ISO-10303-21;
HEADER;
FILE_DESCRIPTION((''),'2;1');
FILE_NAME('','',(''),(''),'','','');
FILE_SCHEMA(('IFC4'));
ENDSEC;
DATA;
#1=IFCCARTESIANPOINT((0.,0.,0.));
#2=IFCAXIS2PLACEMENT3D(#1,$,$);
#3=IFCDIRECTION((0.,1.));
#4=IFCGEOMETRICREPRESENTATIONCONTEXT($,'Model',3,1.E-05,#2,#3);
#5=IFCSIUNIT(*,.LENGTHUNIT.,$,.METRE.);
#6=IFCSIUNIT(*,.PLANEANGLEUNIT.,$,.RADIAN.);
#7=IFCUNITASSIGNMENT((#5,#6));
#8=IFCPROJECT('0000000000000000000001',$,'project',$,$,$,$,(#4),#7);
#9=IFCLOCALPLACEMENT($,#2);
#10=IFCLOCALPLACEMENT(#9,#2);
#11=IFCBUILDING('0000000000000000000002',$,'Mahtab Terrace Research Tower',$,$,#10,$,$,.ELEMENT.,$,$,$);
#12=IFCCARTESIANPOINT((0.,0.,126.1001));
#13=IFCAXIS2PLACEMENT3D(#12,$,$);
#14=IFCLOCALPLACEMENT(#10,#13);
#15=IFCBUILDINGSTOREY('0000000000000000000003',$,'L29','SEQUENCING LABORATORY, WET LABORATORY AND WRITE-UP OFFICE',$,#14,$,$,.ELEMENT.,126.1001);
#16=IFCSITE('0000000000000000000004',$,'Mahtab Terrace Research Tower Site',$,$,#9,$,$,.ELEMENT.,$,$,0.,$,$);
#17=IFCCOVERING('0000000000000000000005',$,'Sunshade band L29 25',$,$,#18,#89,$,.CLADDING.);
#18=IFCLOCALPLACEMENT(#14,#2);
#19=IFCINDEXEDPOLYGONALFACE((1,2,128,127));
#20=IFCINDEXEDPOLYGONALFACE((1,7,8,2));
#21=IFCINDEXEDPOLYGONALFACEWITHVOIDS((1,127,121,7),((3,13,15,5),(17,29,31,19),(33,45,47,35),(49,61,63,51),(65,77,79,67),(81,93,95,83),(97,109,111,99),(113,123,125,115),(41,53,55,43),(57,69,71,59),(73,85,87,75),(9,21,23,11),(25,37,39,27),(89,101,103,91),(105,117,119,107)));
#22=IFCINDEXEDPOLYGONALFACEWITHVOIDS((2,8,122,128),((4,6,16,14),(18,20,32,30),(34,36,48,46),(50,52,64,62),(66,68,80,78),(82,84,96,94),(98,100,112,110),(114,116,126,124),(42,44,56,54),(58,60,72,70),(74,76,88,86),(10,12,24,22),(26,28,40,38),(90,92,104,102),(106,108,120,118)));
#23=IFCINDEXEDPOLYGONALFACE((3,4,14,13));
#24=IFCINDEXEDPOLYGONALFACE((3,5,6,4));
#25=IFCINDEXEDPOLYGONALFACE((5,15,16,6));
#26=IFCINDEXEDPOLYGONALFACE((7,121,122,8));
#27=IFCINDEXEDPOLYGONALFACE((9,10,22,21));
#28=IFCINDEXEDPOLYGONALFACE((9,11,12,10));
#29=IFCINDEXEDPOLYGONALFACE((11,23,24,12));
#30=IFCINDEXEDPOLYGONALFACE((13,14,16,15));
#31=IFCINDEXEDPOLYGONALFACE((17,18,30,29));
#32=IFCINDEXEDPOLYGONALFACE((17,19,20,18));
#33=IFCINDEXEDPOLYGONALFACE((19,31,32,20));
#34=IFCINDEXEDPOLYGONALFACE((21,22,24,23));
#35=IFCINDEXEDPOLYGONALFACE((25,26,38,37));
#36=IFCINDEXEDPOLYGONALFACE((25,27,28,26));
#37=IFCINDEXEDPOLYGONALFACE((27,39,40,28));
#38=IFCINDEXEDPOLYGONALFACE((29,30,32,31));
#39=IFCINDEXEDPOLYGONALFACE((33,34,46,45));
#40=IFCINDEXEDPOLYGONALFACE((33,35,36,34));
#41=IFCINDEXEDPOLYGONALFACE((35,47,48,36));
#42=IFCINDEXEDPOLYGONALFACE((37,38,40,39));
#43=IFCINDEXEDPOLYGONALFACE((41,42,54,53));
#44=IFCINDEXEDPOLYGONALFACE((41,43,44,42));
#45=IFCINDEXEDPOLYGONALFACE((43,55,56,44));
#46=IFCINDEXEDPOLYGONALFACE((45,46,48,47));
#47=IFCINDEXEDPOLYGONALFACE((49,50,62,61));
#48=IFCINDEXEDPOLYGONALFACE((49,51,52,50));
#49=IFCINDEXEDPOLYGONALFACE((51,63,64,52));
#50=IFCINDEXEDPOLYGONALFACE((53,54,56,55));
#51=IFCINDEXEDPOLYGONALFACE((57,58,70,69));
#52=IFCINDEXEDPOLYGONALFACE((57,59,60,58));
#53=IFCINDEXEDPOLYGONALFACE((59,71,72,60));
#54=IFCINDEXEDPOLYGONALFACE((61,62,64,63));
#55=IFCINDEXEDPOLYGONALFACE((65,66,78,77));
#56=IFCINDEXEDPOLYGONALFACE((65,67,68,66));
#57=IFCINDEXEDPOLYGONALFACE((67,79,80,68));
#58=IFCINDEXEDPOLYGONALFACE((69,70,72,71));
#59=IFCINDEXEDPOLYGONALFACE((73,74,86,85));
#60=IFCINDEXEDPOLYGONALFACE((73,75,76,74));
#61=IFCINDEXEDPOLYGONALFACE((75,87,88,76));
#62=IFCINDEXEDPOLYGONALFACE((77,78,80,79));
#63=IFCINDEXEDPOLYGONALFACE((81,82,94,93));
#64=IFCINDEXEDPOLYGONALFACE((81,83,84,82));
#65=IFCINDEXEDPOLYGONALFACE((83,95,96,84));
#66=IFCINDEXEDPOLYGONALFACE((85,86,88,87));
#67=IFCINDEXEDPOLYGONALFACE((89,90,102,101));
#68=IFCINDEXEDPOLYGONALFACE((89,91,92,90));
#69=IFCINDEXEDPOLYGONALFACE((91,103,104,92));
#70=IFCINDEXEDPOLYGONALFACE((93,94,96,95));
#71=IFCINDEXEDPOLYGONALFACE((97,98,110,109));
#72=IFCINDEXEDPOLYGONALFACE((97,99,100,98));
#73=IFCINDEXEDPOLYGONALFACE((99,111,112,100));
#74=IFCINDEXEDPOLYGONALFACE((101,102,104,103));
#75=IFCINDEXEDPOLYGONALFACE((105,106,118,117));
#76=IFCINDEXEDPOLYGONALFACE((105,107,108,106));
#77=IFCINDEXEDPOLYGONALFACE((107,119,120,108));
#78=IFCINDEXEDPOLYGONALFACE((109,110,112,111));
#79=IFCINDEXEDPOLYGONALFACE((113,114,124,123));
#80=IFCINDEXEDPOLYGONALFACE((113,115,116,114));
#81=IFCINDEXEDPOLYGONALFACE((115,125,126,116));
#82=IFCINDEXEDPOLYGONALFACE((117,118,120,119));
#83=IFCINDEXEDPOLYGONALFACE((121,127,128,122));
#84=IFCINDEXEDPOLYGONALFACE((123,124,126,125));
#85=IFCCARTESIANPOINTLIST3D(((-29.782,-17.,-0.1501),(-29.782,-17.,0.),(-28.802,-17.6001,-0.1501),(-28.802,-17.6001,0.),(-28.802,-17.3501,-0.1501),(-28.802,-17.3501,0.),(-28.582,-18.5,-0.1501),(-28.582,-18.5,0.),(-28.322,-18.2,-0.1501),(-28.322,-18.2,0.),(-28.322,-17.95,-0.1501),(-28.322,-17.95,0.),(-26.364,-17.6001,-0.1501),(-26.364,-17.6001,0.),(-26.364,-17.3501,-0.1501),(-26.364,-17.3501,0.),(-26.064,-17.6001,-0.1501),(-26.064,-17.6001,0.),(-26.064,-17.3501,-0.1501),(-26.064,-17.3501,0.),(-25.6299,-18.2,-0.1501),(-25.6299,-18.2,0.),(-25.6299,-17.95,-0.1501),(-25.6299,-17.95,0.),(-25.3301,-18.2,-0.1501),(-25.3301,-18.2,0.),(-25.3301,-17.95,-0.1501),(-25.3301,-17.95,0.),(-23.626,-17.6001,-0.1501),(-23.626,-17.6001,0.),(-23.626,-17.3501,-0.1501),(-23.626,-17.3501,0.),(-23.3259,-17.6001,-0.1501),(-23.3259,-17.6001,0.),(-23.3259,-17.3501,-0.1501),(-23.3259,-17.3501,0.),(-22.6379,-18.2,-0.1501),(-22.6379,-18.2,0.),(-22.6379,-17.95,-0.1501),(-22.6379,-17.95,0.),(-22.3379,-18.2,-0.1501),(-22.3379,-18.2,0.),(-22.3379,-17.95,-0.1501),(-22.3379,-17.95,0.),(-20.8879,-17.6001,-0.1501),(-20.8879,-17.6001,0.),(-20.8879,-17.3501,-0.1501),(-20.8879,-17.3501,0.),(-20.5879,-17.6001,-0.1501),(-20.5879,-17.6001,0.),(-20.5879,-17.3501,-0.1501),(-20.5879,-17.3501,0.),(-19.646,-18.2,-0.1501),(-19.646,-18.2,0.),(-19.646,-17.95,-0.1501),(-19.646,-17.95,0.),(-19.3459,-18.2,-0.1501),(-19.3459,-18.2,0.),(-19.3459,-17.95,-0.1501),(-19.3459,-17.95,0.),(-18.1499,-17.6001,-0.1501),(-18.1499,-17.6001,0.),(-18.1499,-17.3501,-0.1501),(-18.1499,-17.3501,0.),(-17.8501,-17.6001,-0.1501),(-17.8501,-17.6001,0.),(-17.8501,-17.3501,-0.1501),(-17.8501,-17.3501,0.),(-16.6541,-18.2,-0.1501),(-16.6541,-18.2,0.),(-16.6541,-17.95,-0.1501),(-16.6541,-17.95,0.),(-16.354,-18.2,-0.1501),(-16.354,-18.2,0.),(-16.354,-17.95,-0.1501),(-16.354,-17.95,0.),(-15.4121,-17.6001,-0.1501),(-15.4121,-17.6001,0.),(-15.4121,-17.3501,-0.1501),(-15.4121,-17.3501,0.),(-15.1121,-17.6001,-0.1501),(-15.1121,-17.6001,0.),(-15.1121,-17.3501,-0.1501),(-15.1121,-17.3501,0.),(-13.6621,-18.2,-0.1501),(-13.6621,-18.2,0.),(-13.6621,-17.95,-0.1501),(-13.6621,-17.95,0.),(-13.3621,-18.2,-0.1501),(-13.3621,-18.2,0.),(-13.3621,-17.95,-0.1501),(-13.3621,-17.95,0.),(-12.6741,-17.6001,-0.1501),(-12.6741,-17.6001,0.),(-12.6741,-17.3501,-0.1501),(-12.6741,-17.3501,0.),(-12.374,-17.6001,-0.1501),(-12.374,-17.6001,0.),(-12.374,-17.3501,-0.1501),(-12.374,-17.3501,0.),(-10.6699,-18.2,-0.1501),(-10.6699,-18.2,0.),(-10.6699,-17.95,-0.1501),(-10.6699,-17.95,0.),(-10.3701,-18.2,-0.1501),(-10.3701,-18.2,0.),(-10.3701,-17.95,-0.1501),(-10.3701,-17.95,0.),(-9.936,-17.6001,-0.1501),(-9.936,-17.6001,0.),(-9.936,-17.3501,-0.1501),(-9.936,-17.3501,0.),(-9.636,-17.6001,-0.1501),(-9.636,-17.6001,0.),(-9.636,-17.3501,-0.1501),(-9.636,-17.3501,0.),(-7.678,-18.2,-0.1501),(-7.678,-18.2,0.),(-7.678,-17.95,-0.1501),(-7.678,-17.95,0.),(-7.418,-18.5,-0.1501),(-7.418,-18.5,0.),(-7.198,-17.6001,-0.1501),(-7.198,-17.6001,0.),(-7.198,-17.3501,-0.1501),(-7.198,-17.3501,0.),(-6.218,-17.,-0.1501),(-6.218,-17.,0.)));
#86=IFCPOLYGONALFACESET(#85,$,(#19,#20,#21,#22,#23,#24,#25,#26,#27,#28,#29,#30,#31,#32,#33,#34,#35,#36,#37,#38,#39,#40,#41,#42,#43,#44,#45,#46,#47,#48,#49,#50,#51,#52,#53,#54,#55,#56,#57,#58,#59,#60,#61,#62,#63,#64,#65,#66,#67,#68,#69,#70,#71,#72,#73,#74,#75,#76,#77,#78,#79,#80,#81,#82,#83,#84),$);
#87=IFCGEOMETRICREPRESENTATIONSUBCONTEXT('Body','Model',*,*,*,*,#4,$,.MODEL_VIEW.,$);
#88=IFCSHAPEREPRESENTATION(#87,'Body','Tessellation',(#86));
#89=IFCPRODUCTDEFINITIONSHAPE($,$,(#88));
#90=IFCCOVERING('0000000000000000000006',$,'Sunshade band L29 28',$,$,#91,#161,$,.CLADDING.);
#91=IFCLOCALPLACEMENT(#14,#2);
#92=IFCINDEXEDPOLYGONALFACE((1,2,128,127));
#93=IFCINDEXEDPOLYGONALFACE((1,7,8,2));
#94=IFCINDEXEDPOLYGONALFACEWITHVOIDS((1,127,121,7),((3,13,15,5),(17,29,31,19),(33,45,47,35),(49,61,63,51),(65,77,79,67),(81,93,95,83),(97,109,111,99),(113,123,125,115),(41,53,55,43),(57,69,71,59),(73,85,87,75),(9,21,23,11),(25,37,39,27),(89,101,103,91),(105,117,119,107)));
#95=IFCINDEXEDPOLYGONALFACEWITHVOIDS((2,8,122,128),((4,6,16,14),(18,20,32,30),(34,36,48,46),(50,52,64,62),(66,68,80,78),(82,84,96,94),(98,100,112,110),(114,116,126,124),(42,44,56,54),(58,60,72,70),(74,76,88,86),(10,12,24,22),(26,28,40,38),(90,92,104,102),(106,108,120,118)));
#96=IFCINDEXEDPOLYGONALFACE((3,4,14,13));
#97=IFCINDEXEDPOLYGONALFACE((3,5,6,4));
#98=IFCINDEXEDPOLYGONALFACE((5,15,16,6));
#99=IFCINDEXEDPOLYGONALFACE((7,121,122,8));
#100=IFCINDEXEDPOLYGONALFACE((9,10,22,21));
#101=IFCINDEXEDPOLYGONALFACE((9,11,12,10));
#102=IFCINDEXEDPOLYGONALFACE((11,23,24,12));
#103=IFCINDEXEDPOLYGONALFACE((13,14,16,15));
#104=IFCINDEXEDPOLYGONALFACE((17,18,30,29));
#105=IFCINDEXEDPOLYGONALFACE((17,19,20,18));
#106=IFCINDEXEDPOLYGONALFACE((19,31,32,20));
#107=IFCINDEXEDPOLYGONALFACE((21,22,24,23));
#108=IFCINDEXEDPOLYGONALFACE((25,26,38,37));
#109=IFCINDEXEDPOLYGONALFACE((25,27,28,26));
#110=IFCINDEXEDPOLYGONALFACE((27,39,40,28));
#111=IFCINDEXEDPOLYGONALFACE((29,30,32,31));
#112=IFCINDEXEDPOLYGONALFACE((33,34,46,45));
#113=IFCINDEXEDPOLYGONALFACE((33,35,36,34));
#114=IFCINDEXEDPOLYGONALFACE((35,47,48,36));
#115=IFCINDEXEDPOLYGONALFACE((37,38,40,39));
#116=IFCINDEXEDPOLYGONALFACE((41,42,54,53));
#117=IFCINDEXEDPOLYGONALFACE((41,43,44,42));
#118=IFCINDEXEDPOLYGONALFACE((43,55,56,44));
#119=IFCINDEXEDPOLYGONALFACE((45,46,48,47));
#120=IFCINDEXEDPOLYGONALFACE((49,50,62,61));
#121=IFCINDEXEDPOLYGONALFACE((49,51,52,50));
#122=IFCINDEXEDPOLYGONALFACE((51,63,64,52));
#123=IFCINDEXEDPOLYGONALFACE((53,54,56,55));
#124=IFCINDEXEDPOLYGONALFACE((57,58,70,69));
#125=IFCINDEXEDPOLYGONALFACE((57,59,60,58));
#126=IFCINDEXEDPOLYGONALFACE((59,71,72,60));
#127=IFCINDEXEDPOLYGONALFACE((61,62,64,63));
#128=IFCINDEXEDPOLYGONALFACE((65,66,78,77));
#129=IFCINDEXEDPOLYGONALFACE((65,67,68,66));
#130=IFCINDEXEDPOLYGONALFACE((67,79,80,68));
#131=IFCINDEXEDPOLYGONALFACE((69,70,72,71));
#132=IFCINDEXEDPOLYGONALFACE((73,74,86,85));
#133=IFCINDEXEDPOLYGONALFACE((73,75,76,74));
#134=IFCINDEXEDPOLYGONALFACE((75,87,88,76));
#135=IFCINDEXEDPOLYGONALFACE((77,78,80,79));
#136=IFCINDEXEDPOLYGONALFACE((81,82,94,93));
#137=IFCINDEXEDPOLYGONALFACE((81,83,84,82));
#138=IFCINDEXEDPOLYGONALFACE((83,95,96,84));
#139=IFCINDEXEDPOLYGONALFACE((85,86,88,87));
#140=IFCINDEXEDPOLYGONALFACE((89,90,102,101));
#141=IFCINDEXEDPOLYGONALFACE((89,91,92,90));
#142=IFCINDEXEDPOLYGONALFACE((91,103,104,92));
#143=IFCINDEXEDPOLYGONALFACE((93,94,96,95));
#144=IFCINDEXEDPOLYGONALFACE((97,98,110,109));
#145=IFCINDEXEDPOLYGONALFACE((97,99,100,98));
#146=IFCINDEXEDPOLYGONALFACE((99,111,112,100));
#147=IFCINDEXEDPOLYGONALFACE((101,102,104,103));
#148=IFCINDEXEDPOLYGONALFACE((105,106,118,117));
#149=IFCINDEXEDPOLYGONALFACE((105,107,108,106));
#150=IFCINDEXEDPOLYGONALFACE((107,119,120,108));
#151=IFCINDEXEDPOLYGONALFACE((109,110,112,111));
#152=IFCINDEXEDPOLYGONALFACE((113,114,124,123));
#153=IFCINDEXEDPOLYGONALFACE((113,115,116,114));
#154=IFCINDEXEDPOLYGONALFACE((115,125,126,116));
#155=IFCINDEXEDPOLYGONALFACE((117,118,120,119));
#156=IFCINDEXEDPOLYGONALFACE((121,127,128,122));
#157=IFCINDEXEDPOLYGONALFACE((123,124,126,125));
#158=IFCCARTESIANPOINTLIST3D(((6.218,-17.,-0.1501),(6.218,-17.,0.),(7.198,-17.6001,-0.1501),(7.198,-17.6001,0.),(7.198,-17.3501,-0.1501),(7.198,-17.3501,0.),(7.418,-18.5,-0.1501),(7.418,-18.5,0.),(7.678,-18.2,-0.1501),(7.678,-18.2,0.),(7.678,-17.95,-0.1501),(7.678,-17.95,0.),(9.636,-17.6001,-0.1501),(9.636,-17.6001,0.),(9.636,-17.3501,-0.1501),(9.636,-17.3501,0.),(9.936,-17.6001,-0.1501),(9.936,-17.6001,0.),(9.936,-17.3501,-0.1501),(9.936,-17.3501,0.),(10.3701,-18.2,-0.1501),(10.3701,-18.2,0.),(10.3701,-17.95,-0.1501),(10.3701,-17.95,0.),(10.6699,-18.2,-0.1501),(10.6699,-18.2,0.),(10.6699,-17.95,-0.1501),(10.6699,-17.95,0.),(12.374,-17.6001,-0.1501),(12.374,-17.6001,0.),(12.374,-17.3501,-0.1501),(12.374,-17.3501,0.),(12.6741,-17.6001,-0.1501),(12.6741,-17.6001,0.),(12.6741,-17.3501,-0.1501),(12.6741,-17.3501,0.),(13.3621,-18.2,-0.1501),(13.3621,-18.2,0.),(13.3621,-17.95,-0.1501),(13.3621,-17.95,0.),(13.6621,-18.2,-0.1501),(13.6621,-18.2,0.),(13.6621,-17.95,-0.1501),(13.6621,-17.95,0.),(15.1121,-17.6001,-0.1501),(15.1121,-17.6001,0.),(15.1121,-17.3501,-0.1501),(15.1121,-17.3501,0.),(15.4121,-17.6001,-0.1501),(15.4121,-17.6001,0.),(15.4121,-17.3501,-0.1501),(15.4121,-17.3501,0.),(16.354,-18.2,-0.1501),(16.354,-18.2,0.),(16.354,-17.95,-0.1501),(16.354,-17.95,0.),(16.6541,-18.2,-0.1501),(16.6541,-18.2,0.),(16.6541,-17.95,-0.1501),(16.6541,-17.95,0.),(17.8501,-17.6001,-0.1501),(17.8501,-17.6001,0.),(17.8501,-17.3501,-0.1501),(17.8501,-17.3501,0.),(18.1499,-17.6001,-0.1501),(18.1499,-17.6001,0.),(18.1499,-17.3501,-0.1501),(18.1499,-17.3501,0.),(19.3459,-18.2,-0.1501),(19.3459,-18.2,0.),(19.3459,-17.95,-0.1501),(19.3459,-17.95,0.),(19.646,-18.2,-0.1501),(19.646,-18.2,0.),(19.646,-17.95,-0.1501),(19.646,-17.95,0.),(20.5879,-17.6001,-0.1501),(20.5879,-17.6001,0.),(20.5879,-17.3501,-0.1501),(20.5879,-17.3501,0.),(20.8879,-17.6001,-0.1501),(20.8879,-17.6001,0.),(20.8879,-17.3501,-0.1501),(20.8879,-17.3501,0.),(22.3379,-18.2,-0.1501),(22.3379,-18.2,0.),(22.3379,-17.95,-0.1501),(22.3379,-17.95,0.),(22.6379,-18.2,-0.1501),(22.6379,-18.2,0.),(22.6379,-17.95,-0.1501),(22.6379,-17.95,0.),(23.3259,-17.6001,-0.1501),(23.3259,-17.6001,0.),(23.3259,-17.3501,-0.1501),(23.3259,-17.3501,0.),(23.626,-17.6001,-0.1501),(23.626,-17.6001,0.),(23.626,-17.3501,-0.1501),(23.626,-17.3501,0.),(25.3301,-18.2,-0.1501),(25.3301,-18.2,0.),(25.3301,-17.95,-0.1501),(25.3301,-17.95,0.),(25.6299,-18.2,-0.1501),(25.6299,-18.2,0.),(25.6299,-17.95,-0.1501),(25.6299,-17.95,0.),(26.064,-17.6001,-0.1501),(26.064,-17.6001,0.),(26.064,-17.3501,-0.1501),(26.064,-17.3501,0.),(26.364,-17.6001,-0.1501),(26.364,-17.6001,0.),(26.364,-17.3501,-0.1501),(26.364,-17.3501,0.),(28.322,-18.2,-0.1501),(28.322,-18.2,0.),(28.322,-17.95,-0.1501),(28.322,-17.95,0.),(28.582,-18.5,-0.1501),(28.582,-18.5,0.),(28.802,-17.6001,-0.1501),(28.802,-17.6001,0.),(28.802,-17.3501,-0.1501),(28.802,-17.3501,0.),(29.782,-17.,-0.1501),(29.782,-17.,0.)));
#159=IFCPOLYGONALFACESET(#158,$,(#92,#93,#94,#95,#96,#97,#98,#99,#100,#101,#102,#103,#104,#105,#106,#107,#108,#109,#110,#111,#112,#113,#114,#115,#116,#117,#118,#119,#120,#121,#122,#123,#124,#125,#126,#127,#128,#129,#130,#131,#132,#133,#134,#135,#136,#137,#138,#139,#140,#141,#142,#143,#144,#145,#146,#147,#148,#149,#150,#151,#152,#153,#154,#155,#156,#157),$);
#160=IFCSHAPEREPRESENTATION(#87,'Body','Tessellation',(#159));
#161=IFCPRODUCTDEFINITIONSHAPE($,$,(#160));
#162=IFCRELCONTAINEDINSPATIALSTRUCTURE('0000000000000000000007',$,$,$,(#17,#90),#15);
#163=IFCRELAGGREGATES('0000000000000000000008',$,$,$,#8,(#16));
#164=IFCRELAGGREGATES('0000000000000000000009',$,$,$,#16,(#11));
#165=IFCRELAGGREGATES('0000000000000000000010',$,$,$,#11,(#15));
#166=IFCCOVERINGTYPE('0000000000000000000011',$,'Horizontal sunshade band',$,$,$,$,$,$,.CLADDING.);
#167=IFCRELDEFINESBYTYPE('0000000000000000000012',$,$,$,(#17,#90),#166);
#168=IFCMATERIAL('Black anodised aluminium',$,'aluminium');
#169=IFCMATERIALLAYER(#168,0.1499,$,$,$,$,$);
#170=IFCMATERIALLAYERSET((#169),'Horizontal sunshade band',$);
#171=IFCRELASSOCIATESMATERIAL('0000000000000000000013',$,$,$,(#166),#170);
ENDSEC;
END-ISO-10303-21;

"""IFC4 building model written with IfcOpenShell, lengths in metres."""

from ifc_helpers import new_model, si_unit, direction, frame, origin, place, context, subcontext, project, spatial, polyline, outline, extrude, material, layer, layer_set, type_object, element, save


model = new_model("IFC4")

# Units and contexts
model_context = context("Model", 3, precision=1e-05, world=origin(), true_north=direction((0.0, 1.0)))
body_context = subcontext(model_context, "Body", "Model", "MODEL_VIEW")
ifc_project = project(units=[si_unit("LENGTHUNIT", "METRE"), si_unit("PLANEANGLEUNIT", "RADIAN")], contexts=[model_context])

# Site, building, storey
site_placement = place(None, origin())
site = spatial("IfcSite", under=ifc_project, at=site_placement, Name="Mahtab Terrace Research Tower Site", CompositionType="ELEMENT", RefElevation=0.0)
building_placement = place(site_placement, origin())
building = spatial("IfcBuilding", under=site, at=building_placement, Name="Mahtab Terrace Research Tower", CompositionType="ELEMENT")
storey_placement = place(building_placement, frame((0.0, 0.0, 126.1001)))
storey = spatial("IfcBuildingStorey", under=building, at=storey_placement, Name="L29", Description="SEQUENCING LABORATORY, WET LABORATORY AND WRITE-UP OFFICE", CompositionType="ELEMENT", Elevation=126.1001)

# Coverings
ifc_material_1 = material(Name="Black anodised aluminium", Category="aluminium")
ifc_layer_1 = layer(ifc_material_1, 0.1499)
ifc_layer_set_1 = layer_set([ifc_layer_1], Name="Horizontal sunshade band")
covering_type = type_object("IfcCoveringType", Name="Horizontal sunshade band", PredefinedType="CLADDING", material=ifc_layer_set_1)
covering_1_placement = place(storey_placement, frame((0.0, 0.0, -0.1501)))
element("IfcCovering", 1, at=covering_1_placement, inside=storey, type_object=covering_type, Name="Sunshade band L29 25", PredefinedType="CLADDING", context=body_context, shape_type="SweptSolid", body=[
    extrude(outline(polyline([(-29.782, -17.0), (-6.218, -17.0), (-7.418, -18.5), (-28.582, -18.5), (-29.782, -17.0)]), holes=[polyline([(-28.802, -17.3501), (-26.364, -17.3501), (-26.364, -17.6001), (-28.802, -17.6001), (-28.802, -17.3501)]), polyline([(-26.064, -17.3501), (-23.626, -17.3501), (-23.626, -17.6001), (-26.064, -17.6001), (-26.064, -17.3501)]), polyline([(-23.3259, -17.3501), (-20.8879, -17.3501), (-20.8879, -17.6001), (-23.3259, -17.6001), (-23.3259, -17.3501)]), polyline([(-20.5879, -17.3501), (-18.1499, -17.3501), (-18.1499, -17.6001), (-20.5879, -17.6001), (-20.5879, -17.3501)]), polyline([(-17.8501, -17.3501), (-15.4121, -17.3501), (-15.4121, -17.6001), (-17.8501, -17.6001), (-17.8501, -17.3501)]), polyline([(-15.1121, -17.3501), (-12.6741, -17.3501), (-12.6741, -17.6001), (-15.1121, -17.6001), (-15.1121, -17.3501)]), polyline([(-12.374, -17.3501), (-9.936, -17.3501), (-9.936, -17.6001), (-12.374, -17.6001), (-12.374, -17.3501)]), polyline([(-9.636, -17.3501), (-7.198, -17.3501), (-7.198, -17.6001), (-9.636, -17.6001), (-9.636, -17.3501)]), polyline([(-28.322, -17.95), (-25.6299, -17.95), (-25.6299, -18.2), (-28.322, -18.2), (-28.322, -17.95)]), polyline([(-25.3301, -17.95), (-22.6379, -17.95), (-22.6379, -18.2), (-25.3301, -18.2), (-25.3301, -17.95)]), polyline([(-22.3379, -17.95), (-19.646, -17.95), (-19.646, -18.2), (-22.3379, -18.2), (-22.3379, -17.95)]), polyline([(-19.3459, -17.95), (-16.6541, -17.95), (-16.6541, -18.2), (-19.3459, -18.2), (-19.3459, -17.95)]), polyline([(-16.354, -17.95), (-13.6621, -17.95), (-13.6621, -18.2), (-16.354, -18.2), (-16.354, -17.95)]), polyline([(-13.3621, -17.95), (-10.6699, -17.95), (-10.6699, -18.2), (-13.3621, -18.2), (-13.3621, -17.95)]), polyline([(-10.3701, -17.95), (-7.678, -17.95), (-7.678, -18.2), (-10.3701, -18.2), (-10.3701, -17.95)])]), origin(), (0.0, 0.0, 1.0), 0.1501),
])
covering_2_placement = place(storey_placement, frame((0.0, 0.0, -0.1501)))
element("IfcCovering", 2, at=covering_2_placement, inside=storey, type_object=covering_type, Name="Sunshade band L29 28", PredefinedType="CLADDING", context=body_context, shape_type="SweptSolid", body=[
    extrude(outline(polyline([(6.218, -17.0), (29.782, -17.0), (28.582, -18.5), (7.418, -18.5), (6.218, -17.0)]), holes=[polyline([(7.198, -17.3501), (9.636, -17.3501), (9.636, -17.6001), (7.198, -17.6001), (7.198, -17.3501)]), polyline([(9.936, -17.3501), (12.374, -17.3501), (12.374, -17.6001), (9.936, -17.6001), (9.936, -17.3501)]), polyline([(12.6741, -17.3501), (15.1121, -17.3501), (15.1121, -17.6001), (12.6741, -17.6001), (12.6741, -17.3501)]), polyline([(15.4121, -17.3501), (17.8501, -17.3501), (17.8501, -17.6001), (15.4121, -17.6001), (15.4121, -17.3501)]), polyline([(18.1499, -17.3501), (20.5879, -17.3501), (20.5879, -17.6001), (18.1499, -17.6001), (18.1499, -17.3501)]), polyline([(20.8879, -17.3501), (23.3259, -17.3501), (23.3259, -17.6001), (20.8879, -17.6001), (20.8879, -17.3501)]), polyline([(23.626, -17.3501), (26.064, -17.3501), (26.064, -17.6001), (23.626, -17.6001), (23.626, -17.3501)]), polyline([(26.364, -17.3501), (28.802, -17.3501), (28.802, -17.6001), (26.364, -17.6001), (26.364, -17.3501)]), polyline([(7.678, -17.95), (10.3701, -17.95), (10.3701, -18.2), (7.678, -18.2), (7.678, -17.95)]), polyline([(10.6699, -17.95), (13.3621, -17.95), (13.3621, -18.2), (10.6699, -18.2), (10.6699, -17.95)]), polyline([(13.6621, -17.95), (16.354, -17.95), (16.354, -18.2), (13.6621, -18.2), (13.6621, -17.95)]), polyline([(16.6541, -17.95), (19.3459, -17.95), (19.3459, -18.2), (16.6541, -18.2), (16.6541, -17.95)]), polyline([(19.646, -17.95), (22.3379, -17.95), (22.3379, -18.2), (19.646, -18.2), (19.646, -17.95)]), polyline([(22.6379, -17.95), (25.3301, -17.95), (25.3301, -18.2), (22.6379, -18.2), (22.6379, -17.95)]), polyline([(25.6299, -17.95), (28.322, -17.95), (28.322, -18.2), (25.6299, -18.2), (25.6299, -17.95)])]), origin(), (0.0, 0.0, 1.0), 0.1501),
])

save(model, "model.ifc")
